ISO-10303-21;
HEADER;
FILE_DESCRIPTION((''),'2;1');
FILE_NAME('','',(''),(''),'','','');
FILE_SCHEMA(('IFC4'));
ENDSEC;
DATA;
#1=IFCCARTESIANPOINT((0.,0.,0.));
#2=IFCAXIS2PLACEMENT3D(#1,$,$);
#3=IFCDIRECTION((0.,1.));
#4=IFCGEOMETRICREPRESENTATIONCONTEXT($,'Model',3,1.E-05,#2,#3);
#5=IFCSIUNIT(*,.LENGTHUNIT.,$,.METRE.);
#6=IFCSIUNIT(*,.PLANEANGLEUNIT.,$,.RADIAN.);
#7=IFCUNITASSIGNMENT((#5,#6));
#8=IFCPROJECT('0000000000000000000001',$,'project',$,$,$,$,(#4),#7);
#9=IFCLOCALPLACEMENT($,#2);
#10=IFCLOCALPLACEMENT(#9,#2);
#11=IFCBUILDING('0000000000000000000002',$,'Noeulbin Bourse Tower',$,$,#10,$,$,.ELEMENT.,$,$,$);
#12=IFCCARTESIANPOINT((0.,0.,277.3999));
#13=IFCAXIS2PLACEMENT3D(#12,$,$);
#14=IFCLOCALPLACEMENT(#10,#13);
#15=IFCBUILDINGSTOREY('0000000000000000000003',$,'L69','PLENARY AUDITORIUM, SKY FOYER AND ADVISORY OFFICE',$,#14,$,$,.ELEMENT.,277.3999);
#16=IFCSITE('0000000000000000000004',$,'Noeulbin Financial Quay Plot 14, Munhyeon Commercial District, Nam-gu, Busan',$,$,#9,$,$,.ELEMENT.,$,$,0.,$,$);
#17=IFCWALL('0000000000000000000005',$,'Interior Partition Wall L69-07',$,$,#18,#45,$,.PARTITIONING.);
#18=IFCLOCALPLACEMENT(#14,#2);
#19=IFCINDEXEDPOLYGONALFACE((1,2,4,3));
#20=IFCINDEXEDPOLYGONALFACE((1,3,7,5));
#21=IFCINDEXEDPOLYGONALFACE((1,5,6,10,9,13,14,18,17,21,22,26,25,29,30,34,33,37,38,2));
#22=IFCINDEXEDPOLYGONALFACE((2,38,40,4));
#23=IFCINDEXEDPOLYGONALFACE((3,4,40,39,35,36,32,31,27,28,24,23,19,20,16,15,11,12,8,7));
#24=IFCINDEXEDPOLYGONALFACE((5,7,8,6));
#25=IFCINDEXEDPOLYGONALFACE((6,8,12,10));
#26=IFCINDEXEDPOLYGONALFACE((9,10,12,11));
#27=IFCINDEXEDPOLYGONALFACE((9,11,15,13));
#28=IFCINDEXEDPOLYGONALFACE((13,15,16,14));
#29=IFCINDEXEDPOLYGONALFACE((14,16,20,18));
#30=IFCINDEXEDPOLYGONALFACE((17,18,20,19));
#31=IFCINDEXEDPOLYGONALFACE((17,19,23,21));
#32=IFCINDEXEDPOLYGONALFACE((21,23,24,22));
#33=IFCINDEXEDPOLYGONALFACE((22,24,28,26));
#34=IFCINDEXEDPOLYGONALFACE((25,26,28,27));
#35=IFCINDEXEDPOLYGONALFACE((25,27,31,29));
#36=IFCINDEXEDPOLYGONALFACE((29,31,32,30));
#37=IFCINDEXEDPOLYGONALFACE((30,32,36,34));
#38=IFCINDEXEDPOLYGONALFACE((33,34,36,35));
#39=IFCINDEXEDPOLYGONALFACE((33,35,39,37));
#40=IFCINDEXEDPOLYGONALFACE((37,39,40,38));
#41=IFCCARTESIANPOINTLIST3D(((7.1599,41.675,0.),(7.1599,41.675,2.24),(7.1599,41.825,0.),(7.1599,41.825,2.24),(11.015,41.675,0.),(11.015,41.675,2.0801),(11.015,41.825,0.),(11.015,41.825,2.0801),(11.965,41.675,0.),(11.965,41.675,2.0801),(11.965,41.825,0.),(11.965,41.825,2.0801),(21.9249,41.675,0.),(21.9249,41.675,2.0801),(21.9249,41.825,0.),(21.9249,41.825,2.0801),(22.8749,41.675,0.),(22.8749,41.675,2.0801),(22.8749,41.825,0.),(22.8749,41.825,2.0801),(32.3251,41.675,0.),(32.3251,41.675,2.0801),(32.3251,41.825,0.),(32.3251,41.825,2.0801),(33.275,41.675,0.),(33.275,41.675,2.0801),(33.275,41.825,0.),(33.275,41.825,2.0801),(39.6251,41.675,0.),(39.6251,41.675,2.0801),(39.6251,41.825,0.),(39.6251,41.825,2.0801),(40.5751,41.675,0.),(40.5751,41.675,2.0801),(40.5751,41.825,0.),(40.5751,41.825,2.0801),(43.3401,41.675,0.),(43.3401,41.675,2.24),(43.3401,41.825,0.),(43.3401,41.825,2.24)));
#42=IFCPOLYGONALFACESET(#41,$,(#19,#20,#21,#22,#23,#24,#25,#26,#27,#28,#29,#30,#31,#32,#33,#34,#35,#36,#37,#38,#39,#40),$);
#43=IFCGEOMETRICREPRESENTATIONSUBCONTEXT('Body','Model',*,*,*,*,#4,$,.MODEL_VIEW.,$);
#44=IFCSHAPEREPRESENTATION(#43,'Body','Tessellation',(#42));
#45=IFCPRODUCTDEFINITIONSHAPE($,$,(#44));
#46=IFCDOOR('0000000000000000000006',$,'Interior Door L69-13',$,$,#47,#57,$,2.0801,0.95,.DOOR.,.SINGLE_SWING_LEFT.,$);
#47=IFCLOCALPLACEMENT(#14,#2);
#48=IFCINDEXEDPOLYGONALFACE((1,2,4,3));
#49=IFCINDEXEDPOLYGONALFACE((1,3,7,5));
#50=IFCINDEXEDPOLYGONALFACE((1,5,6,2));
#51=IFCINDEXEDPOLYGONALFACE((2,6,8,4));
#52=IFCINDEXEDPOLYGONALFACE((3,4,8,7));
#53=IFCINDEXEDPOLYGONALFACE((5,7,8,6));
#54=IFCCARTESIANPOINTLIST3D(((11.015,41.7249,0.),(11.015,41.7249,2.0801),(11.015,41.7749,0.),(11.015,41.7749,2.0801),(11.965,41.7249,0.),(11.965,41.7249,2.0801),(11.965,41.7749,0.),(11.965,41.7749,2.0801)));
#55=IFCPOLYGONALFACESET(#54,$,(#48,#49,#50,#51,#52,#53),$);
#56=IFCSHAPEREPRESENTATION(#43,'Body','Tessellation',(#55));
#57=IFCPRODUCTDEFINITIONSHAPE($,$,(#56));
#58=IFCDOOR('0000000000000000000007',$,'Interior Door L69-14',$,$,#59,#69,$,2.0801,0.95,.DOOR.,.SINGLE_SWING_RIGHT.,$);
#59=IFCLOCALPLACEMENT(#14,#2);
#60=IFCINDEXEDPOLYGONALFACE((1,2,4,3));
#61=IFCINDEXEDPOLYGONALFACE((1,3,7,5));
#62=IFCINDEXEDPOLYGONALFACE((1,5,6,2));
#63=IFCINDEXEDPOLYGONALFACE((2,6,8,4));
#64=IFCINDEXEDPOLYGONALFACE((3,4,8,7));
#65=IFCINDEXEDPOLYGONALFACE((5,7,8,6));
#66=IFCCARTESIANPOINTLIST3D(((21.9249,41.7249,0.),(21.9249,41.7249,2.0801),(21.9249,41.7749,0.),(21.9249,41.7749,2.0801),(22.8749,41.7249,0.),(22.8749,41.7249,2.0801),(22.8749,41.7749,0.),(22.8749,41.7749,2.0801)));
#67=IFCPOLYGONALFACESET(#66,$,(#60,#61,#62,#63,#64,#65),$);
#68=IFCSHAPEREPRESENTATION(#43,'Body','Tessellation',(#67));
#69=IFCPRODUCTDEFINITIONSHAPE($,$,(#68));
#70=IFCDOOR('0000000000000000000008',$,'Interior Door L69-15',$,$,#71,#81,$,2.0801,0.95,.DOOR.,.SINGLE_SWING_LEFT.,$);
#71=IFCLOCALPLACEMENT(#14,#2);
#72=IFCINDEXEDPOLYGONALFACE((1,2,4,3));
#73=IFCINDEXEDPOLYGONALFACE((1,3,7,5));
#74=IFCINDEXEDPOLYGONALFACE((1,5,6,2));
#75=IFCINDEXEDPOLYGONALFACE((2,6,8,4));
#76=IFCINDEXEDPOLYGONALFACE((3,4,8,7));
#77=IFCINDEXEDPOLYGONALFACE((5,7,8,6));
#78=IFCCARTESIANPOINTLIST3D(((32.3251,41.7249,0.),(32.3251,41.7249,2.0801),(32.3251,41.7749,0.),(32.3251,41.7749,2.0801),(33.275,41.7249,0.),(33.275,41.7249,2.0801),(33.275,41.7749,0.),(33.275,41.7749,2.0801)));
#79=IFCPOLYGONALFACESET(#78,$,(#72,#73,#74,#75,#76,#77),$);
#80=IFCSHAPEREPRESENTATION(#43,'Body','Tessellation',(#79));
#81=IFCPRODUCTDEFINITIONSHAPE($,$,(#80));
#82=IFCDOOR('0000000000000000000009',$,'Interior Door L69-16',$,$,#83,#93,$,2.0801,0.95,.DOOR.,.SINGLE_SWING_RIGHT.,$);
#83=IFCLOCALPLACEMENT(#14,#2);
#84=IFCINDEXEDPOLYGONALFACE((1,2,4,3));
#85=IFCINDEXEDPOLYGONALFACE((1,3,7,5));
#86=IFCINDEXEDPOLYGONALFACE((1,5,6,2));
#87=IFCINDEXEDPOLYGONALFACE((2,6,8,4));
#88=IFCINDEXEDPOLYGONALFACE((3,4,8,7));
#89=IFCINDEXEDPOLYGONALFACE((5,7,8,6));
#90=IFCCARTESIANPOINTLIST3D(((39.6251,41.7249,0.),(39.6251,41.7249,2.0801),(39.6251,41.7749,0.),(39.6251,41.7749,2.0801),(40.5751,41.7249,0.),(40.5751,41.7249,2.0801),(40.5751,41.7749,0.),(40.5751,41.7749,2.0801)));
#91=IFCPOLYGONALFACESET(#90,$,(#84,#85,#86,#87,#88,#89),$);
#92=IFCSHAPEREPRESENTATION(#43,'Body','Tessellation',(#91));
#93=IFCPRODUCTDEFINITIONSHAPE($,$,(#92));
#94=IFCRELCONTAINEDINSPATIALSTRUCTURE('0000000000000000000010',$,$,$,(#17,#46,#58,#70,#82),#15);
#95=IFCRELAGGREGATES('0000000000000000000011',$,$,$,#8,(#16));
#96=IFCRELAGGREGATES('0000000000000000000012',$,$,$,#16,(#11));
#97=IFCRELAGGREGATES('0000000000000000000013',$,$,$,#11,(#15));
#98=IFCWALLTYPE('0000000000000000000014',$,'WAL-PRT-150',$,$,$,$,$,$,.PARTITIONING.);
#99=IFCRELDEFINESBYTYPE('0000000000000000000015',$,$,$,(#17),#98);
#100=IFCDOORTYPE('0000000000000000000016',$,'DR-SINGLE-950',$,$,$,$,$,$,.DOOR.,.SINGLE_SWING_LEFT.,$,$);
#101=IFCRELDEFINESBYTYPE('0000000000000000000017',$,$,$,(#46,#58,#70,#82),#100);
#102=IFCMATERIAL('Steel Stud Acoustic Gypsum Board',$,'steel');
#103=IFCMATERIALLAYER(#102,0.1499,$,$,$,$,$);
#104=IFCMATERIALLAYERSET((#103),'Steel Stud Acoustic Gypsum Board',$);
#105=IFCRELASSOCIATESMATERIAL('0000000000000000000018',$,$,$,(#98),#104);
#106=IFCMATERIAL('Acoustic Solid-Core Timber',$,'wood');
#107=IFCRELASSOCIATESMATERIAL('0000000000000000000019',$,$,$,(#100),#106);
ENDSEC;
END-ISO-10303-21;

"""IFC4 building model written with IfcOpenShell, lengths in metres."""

from ifc_helpers import new_model, si_unit, direction, frame, frame_2d, origin, place, context, subcontext, project, spatial, rectangle, extrude, material, layer, layer_set, type_object, element, fill, save


model = new_model("IFC4")

# Units and contexts
model_context = context("Model", 3, precision=1e-05, world=origin(), true_north=direction((0.0, 1.0)))
body_context = subcontext(model_context, "Body", "Model", "MODEL_VIEW")
ifc_project = project(units=[si_unit("LENGTHUNIT", "METRE"), si_unit("PLANEANGLEUNIT", "RADIAN")], contexts=[model_context])

# Site, building, storey
site_placement = place(None, origin())
site = spatial("IfcSite", under=ifc_project, at=site_placement, Name="Noeulbin Financial Quay Plot 14, Munhyeon Commercial District, Nam-gu, Busan", CompositionType="ELEMENT", RefElevation=0.0)
building_placement = place(site_placement, origin())
building = spatial("IfcBuilding", under=site, at=building_placement, Name="Noeulbin Bourse Tower", CompositionType="ELEMENT")
storey_placement = place(building_placement, frame((0.0, 0.0, 277.3999)))
storey = spatial("IfcBuildingStorey", under=building, at=storey_placement, Name="L69", Description="PLENARY AUDITORIUM, SKY FOYER AND ADVISORY OFFICE", CompositionType="ELEMENT", Elevation=277.3999)

# Wall, openings, doors
ifc_material_1 = material(Name="Steel Stud Acoustic Gypsum Board", Category="steel")
ifc_layer_1 = layer(ifc_material_1, 0.1499)
ifc_layer_set_1 = layer_set([ifc_layer_1], Name="Steel Stud Acoustic Gypsum Board")
wall_type_1 = type_object("IfcWallType", Name="WAL-PRT-150", PredefinedType="PARTITIONING", material=ifc_layer_set_1)
wall_1_placement = place(storey_placement, frame((7.1599, 41.75, 0.0), z_axis=(0.0, 0.0, 1.0), x_axis=(1.0, 0.0, 0.0)))
wall_1 = element("IfcWall", 1, at=wall_1_placement, inside=storey, type_object=wall_type_1, Name="Interior Partition Wall L69-07", PredefinedType="PARTITIONING", context=body_context, shape_type="SweptSolid", body=[
    extrude(rectangle(XDim=36.1802, YDim=0.1499, at=frame_2d((18.0901, 0.0))), origin(), (0.0, 0.0, 1.0), 2.24),
])
opening_1_placement = place(wall_1_placement, frame((3.855, 0.0, 0.0)))
opening_1 = element("IfcOpeningElement", 2, at=opening_1_placement, cuts=wall_1, PredefinedType="OPENING", context=body_context, shape_type="SweptSolid", body=[
    extrude(rectangle(XDim=0.95, YDim=2.0801, at=frame_2d((0.4751, 1.04))), frame((0.0, 0.085, 0.0), z_axis=(0.0, -1.0, 0.0), x_axis=(1.0, 0.0, 0.0)), (0.0, 0.0, 1.0), 0.1699),
])
opening_2_placement = place(wall_1_placement, frame((14.7649, 0.0, 0.0)))
opening_2 = element("IfcOpeningElement", 3, at=opening_2_placement, cuts=wall_1, PredefinedType="OPENING", context=body_context, shape_type="SweptSolid", body=[
    extrude(rectangle(XDim=0.95, YDim=2.0801, at=frame_2d((0.4751, 1.04))), frame((0.0, 0.085, 0.0), z_axis=(0.0, -1.0, 0.0), x_axis=(1.0, 0.0, 0.0)), (0.0, 0.0, 1.0), 0.1699),
])
opening_3_placement = place(wall_1_placement, frame((25.165, 0.0, 0.0)))
opening_3 = element("IfcOpeningElement", 4, at=opening_3_placement, cuts=wall_1, PredefinedType="OPENING", context=body_context, shape_type="SweptSolid", body=[
    extrude(rectangle(XDim=0.95, YDim=2.0801, at=frame_2d((0.4751, 1.04))), frame((0.0, 0.085, 0.0), z_axis=(0.0, -1.0, 0.0), x_axis=(1.0, 0.0, 0.0)), (0.0, 0.0, 1.0), 0.1699),
])
opening_4_placement = place(wall_1_placement, frame((32.4651, 0.0, 0.0)))
opening_4 = element("IfcOpeningElement", 5, at=opening_4_placement, cuts=wall_1, PredefinedType="OPENING", context=body_context, shape_type="SweptSolid", body=[
    extrude(rectangle(XDim=0.95, YDim=2.0801, at=frame_2d((0.4751, 1.04))), frame((0.0, 0.085, 0.0), z_axis=(0.0, -1.0, 0.0), x_axis=(1.0, 0.0, 0.0)), (0.0, 0.0, 1.0), 0.1699),
])
ifc_material_2 = material(Name="Acoustic Solid-Core Timber", Category="wood")
door_type = type_object("IfcDoorType", Name="DR-SINGLE-950", OperationType="SINGLE_SWING_LEFT", PredefinedType="DOOR", material=ifc_material_2)
door_1_placement = place(opening_1_placement, origin())
door_1 = element("IfcDoor", 6, at=door_1_placement, inside=storey, type_object=door_type, Name="Interior Door L69-13", OperationType="SINGLE_SWING_LEFT", OverallHeight=2.0801, OverallWidth=0.95, PredefinedType="DOOR", context=body_context, shape_type="SweptSolid", body=[
    extrude(rectangle(XDim=0.95, YDim=2.0801, at=frame_2d((0.4751, 1.04))), frame((0.0, 0.0249, 0.0), z_axis=(0.0, -1.0, 0.0), x_axis=(1.0, 0.0, 0.0)), (0.0, 0.0, 1.0), 0.05),
])
fill(opening_1, door_1)
door_2_placement = place(opening_2_placement, origin())
door_2 = element("IfcDoor", 7, at=door_2_placement, inside=storey, type_object=door_type, Name="Interior Door L69-14", OperationType="SINGLE_SWING_RIGHT", OverallHeight=2.0801, OverallWidth=0.95, PredefinedType="DOOR", context=body_context, shape_type="SweptSolid", body=[
    extrude(rectangle(XDim=0.95, YDim=2.0801, at=frame_2d((0.4751, 1.04))), frame((0.0, 0.0249, 0.0), z_axis=(0.0, -1.0, 0.0), x_axis=(1.0, 0.0, 0.0)), (0.0, 0.0, 1.0), 0.05),
])
fill(opening_2, door_2)
door_3_placement = place(opening_3_placement, origin())
door_3 = element("IfcDoor", 8, at=door_3_placement, inside=storey, type_object=door_type, Name="Interior Door L69-15", OperationType="SINGLE_SWING_LEFT", OverallHeight=2.0801, OverallWidth=0.95, PredefinedType="DOOR", context=body_context, shape_type="SweptSolid", body=[
    extrude(rectangle(XDim=0.95, YDim=2.0801, at=frame_2d((0.4751, 1.04))), frame((0.0, 0.0249, 0.0), z_axis=(0.0, -1.0, 0.0), x_axis=(1.0, 0.0, 0.0)), (0.0, 0.0, 1.0), 0.05),
])
fill(opening_3, door_3)
door_4_placement = place(opening_4_placement, origin())
door_4 = element("IfcDoor", 9, at=door_4_placement, inside=storey, type_object=door_type, Name="Interior Door L69-16", OperationType="SINGLE_SWING_RIGHT", OverallHeight=2.0801, OverallWidth=0.95, PredefinedType="DOOR", context=body_context, shape_type="SweptSolid", body=[
    extrude(rectangle(XDim=0.95, YDim=2.0801, at=frame_2d((0.4751, 1.04))), frame((0.0, 0.0249, 0.0), z_axis=(0.0, -1.0, 0.0), x_axis=(1.0, 0.0, 0.0)), (0.0, 0.0, 1.0), 0.05),
])
fill(opening_4, door_4)

save(model, "model.ifc")
